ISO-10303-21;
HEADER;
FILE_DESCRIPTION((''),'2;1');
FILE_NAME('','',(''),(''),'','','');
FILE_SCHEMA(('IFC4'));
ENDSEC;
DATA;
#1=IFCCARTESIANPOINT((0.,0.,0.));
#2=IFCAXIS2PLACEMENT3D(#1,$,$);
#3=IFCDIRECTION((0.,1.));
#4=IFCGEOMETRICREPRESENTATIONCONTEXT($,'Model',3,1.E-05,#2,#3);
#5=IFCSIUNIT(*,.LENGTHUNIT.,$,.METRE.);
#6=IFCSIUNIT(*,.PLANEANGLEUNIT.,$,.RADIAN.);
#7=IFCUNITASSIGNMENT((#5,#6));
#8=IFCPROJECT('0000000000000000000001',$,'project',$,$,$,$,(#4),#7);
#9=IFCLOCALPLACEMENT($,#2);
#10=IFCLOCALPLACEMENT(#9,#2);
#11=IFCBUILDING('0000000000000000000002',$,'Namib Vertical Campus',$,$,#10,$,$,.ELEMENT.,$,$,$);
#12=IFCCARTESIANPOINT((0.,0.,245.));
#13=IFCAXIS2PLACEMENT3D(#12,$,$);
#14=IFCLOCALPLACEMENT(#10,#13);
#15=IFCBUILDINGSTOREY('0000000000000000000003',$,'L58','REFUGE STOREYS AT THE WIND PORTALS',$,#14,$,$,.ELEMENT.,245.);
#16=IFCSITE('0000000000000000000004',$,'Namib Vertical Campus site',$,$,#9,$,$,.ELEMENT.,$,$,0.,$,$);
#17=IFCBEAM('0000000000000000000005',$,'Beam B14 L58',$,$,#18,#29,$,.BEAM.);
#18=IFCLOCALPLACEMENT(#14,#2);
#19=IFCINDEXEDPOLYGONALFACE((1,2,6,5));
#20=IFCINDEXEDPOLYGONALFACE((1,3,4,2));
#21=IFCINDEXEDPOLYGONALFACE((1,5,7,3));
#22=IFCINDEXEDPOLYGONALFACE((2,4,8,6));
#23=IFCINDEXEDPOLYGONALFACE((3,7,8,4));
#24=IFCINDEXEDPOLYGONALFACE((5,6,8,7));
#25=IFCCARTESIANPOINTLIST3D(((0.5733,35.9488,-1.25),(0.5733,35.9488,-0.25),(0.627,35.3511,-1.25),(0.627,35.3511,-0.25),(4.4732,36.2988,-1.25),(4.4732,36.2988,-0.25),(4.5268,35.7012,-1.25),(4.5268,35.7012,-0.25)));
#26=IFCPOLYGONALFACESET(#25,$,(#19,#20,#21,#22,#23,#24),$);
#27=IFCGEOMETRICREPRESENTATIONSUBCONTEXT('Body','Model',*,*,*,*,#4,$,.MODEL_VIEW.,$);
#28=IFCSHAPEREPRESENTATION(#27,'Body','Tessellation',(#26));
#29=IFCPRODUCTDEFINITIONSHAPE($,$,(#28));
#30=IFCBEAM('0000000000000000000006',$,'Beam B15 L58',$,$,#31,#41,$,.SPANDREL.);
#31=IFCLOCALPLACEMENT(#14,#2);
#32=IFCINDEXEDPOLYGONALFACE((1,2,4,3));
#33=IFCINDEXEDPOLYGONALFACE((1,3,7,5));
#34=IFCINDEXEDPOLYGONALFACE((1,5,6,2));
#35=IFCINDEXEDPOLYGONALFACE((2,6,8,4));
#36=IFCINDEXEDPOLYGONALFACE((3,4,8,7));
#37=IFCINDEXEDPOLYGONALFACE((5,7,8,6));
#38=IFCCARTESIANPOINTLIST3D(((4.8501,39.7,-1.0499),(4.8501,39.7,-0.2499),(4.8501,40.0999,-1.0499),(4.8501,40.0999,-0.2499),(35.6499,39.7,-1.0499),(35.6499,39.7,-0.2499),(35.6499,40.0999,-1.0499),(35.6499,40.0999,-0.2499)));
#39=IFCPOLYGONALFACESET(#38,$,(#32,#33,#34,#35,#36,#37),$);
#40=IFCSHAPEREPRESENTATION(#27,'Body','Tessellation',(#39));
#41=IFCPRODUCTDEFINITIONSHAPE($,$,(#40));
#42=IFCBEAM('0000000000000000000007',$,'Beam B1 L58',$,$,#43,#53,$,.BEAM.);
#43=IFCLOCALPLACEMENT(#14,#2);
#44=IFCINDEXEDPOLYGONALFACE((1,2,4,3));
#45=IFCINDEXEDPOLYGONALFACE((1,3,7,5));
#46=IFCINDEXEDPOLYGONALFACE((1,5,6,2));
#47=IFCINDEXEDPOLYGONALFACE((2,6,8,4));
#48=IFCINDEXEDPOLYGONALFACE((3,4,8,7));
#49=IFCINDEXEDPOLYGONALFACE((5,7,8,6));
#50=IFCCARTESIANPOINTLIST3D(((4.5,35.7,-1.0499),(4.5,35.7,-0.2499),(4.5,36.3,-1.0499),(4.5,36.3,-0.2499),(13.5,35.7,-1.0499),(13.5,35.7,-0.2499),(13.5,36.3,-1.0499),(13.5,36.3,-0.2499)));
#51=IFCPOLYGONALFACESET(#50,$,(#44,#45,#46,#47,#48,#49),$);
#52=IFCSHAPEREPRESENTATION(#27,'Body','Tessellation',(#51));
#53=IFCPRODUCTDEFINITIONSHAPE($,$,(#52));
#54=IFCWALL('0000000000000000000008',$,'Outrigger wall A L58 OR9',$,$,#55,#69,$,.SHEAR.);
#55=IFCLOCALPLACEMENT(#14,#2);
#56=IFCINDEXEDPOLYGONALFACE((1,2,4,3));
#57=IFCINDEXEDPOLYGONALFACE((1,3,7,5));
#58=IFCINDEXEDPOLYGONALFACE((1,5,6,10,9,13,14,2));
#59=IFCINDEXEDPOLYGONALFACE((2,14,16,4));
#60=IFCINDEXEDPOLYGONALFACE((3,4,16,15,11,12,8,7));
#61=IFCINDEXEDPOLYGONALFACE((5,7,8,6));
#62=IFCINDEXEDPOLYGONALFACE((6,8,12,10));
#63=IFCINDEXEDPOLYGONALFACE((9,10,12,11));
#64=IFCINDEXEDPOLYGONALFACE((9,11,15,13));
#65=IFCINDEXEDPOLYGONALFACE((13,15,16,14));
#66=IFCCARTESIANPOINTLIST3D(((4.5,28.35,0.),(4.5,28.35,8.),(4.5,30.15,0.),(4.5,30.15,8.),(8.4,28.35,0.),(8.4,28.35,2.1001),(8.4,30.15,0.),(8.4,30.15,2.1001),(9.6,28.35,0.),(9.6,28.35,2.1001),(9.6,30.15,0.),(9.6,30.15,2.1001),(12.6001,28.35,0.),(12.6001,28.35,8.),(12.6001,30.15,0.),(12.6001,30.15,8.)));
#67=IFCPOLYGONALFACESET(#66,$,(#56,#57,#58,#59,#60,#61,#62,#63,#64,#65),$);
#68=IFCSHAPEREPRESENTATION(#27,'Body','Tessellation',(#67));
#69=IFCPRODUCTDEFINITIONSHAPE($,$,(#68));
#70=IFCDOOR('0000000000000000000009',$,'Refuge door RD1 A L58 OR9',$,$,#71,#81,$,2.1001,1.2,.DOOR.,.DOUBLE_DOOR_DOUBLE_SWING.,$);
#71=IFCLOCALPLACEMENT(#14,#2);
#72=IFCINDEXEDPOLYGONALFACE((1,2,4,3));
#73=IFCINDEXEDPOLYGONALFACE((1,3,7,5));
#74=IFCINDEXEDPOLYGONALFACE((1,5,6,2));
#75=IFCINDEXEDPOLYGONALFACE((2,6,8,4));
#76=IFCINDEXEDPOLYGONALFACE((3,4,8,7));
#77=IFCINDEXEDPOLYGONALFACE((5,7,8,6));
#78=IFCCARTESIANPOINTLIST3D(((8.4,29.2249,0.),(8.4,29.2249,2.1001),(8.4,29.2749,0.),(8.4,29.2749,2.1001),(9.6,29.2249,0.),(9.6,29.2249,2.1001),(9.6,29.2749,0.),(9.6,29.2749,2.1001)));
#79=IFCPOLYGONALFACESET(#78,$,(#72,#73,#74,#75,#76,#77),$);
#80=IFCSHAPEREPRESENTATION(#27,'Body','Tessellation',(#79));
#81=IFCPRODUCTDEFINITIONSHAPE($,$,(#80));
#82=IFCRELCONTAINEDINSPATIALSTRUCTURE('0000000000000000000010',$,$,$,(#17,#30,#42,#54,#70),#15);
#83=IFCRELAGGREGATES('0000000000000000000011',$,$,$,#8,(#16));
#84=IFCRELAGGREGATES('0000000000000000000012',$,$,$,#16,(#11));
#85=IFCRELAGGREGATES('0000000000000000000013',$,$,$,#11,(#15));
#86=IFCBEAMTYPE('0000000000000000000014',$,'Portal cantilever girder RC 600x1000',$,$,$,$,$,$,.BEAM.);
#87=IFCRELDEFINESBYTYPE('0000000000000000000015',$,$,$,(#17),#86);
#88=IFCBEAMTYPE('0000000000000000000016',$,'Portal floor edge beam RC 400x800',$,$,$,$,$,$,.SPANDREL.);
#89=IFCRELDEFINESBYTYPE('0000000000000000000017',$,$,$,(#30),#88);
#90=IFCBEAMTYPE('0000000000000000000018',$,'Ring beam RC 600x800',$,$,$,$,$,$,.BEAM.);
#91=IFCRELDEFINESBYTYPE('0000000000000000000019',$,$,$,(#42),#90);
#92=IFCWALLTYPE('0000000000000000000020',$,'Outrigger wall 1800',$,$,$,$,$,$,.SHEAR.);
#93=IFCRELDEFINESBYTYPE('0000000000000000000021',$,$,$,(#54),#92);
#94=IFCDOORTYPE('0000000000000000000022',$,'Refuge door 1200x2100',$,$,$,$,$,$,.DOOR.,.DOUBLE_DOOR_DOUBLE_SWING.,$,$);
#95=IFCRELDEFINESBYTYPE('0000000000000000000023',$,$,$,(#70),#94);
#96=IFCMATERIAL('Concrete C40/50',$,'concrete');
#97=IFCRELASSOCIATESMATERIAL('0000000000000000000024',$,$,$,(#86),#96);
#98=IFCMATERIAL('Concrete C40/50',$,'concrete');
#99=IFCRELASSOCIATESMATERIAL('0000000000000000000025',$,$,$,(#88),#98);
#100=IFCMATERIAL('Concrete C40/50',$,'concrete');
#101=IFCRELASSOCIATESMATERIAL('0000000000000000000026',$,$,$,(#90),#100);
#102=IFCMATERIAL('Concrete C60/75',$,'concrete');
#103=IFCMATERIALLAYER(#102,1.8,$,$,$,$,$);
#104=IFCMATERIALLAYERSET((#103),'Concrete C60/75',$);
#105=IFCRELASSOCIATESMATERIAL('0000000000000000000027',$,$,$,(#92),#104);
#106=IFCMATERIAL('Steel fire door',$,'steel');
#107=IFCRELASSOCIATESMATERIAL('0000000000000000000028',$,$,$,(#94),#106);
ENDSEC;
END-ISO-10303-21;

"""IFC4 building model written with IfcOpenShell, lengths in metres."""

from ifc_helpers import new_model, si_unit, direction, frame, frame_2d, origin, origin_2d, place, context, subcontext, project, spatial, rectangle, extrude, material, layer, layer_set, material_profile, profile_set, type_object, element, fill, save


model = new_model("IFC4")

# Units and contexts
model_context = context("Model", 3, precision=1e-05, world=origin(), true_north=direction((0.0, 1.0)))
body_context = subcontext(model_context, "Body", "Model", "MODEL_VIEW")
ifc_project = project(units=[si_unit("LENGTHUNIT", "METRE"), si_unit("PLANEANGLEUNIT", "RADIAN")], contexts=[model_context])

# Site, building, storey
site_placement = place(None, origin())
site = spatial("IfcSite", under=ifc_project, at=site_placement, Name="Namib Vertical Campus site", CompositionType="ELEMENT", RefElevation=0.0)
building_placement = place(site_placement, origin())
building = spatial("IfcBuilding", under=site, at=building_placement, Name="Namib Vertical Campus", CompositionType="ELEMENT")
storey_placement = place(building_placement, frame((0.0, 0.0, 245.0)))
storey = spatial("IfcBuildingStorey", under=building, at=storey_placement, Name="L58", Description="REFUGE STOREYS AT THE WIND PORTALS", CompositionType="ELEMENT", Elevation=245.0)

# Beams
ifc_material_1 = material(Name="Concrete C40/50", Category="concrete")
ifc_material_profile_1 = material_profile(ifc_material_1, rectangle(XDim=0.6001, YDim=1.0, at=origin_2d()))
ifc_profile_set_1 = profile_set([ifc_material_profile_1], Name="Concrete C40/50")
beam_type_1 = type_object("IfcBeamType", Name="Portal cantilever girder RC 600x1000", PredefinedType="BEAM", material=ifc_profile_set_1)
beam_1_placement = place(storey_placement, frame((4.5, 36.0, -0.75), z_axis=(-0.995995, -0.089411, 0.0), x_axis=(0.089411, -0.995995, 0.0)))
element("IfcBeam", 1, at=beam_1_placement, inside=storey, type_object=beam_type_1, Name="Beam B14 L58", PredefinedType="BEAM", context=body_context, shape_type="SweptSolid", body=[
    extrude(rectangle(XDim=0.6001, YDim=1.0, at=origin_2d()), origin(), (0.0, 0.0, 1.0), 3.9155),
])
ifc_material_2 = material(Name="Concrete C40/50", Category="concrete")
ifc_material_profile_2 = material_profile(ifc_material_2, rectangle(XDim=0.3999, YDim=0.8, at=origin_2d()))
ifc_profile_set_2 = profile_set([ifc_material_profile_2], Name="Concrete C40/50")
beam_type_2 = type_object("IfcBeamType", Name="Portal floor edge beam RC 400x800", PredefinedType="SPANDREL", material=ifc_profile_set_2)
beam_2_placement = place(storey_placement, frame((4.8501, 39.8999, -0.6499), z_axis=(1.0, 0.0, 0.0), x_axis=(0.0, 1.0, 0.0)))
element("IfcBeam", 2, at=beam_2_placement, inside=storey, type_object=beam_type_2, Name="Beam B15 L58", PredefinedType="SPANDREL", context=body_context, shape_type="SweptSolid", body=[
    extrude(rectangle(XDim=0.3999, YDim=0.8, at=origin_2d()), origin(), (0.0, 0.0, 1.0), 30.7998),
])
ifc_material_3 = material(Name="Concrete C40/50", Category="concrete")
ifc_material_profile_3 = material_profile(ifc_material_3, rectangle(XDim=0.6001, YDim=0.8, at=origin_2d()))
ifc_profile_set_3 = profile_set([ifc_material_profile_3], Name="Concrete C40/50")
beam_type_3 = type_object("IfcBeamType", Name="Ring beam RC 600x800", PredefinedType="BEAM", material=ifc_profile_set_3)
beam_3_placement = place(storey_placement, frame((4.5, 36.0, -0.6499), z_axis=(1.0, 0.0, 0.0), x_axis=(0.0, 1.0, 0.0)))
element("IfcBeam", 3, at=beam_3_placement, inside=storey, type_object=beam_type_3, Name="Beam B1 L58", PredefinedType="BEAM", context=body_context, shape_type="SweptSolid", body=[
    extrude(rectangle(XDim=0.6001, YDim=0.8, at=origin_2d()), origin(), (0.0, 0.0, 1.0), 9.0),
])

# Wall, opening, door
ifc_material_4 = material(Name="Concrete C60/75", Category="concrete")
ifc_layer = layer(ifc_material_4, 1.8)
ifc_layer_set = layer_set([ifc_layer], Name="Concrete C60/75")
wall_type = type_object("IfcWallType", Name="Outrigger wall 1800", PredefinedType="SHEAR", material=ifc_layer_set)
wall_placement = place(storey_placement, frame((4.5, 29.25, 0.0), z_axis=(0.0, 0.0, 1.0), x_axis=(1.0, 0.0, 0.0)))
wall = element("IfcWall", 4, at=wall_placement, inside=storey, type_object=wall_type, Name="Outrigger wall A L58 OR9", PredefinedType="SHEAR", context=body_context, shape_type="SweptSolid", body=[
    extrude(rectangle(XDim=8.1001, YDim=1.8, at=frame_2d((4.05, 0.0))), origin(), (0.0, 0.0, 1.0), 8.0),
])
opening_placement = place(wall_placement, frame((3.8999, 0.0, 0.0)))
opening = element("IfcOpeningElement", 5, at=opening_placement, cuts=wall, PredefinedType="OPENING", context=body_context, shape_type="SweptSolid", body=[
    extrude(rectangle(XDim=1.2, YDim=2.1001, at=frame_2d((0.6001, 1.05))), frame((0.0, 0.9099, 0.0), z_axis=(0.0, -1.0, 0.0), x_axis=(1.0, 0.0, 0.0)), (0.0, 0.0, 1.0), 1.8201),
])
ifc_material_5 = material(Name="Steel fire door", Category="steel")
door_type = type_object("IfcDoorType", Name="Refuge door 1200x2100", OperationType="DOUBLE_DOOR_DOUBLE_SWING", PredefinedType="DOOR", material=ifc_material_5)
door_placement = place(opening_placement, origin())
door = element("IfcDoor", 6, at=door_placement, inside=storey, type_object=door_type, Name="Refuge door RD1 A L58 OR9", OperationType="DOUBLE_DOOR_DOUBLE_SWING", OverallHeight=2.1001, OverallWidth=1.2, PredefinedType="DOOR", context=body_context, shape_type="SweptSolid", body=[
    extrude(rectangle(XDim=1.2, YDim=2.1001, at=frame_2d((0.6001, 1.05))), frame((0.0, 0.0249, 0.0), z_axis=(0.0, -1.0, 0.0), x_axis=(1.0, 0.0, 0.0)), (0.0, 0.0, 1.0), 0.05),
])
fill(opening, door)

save(model, "model.ifc")
